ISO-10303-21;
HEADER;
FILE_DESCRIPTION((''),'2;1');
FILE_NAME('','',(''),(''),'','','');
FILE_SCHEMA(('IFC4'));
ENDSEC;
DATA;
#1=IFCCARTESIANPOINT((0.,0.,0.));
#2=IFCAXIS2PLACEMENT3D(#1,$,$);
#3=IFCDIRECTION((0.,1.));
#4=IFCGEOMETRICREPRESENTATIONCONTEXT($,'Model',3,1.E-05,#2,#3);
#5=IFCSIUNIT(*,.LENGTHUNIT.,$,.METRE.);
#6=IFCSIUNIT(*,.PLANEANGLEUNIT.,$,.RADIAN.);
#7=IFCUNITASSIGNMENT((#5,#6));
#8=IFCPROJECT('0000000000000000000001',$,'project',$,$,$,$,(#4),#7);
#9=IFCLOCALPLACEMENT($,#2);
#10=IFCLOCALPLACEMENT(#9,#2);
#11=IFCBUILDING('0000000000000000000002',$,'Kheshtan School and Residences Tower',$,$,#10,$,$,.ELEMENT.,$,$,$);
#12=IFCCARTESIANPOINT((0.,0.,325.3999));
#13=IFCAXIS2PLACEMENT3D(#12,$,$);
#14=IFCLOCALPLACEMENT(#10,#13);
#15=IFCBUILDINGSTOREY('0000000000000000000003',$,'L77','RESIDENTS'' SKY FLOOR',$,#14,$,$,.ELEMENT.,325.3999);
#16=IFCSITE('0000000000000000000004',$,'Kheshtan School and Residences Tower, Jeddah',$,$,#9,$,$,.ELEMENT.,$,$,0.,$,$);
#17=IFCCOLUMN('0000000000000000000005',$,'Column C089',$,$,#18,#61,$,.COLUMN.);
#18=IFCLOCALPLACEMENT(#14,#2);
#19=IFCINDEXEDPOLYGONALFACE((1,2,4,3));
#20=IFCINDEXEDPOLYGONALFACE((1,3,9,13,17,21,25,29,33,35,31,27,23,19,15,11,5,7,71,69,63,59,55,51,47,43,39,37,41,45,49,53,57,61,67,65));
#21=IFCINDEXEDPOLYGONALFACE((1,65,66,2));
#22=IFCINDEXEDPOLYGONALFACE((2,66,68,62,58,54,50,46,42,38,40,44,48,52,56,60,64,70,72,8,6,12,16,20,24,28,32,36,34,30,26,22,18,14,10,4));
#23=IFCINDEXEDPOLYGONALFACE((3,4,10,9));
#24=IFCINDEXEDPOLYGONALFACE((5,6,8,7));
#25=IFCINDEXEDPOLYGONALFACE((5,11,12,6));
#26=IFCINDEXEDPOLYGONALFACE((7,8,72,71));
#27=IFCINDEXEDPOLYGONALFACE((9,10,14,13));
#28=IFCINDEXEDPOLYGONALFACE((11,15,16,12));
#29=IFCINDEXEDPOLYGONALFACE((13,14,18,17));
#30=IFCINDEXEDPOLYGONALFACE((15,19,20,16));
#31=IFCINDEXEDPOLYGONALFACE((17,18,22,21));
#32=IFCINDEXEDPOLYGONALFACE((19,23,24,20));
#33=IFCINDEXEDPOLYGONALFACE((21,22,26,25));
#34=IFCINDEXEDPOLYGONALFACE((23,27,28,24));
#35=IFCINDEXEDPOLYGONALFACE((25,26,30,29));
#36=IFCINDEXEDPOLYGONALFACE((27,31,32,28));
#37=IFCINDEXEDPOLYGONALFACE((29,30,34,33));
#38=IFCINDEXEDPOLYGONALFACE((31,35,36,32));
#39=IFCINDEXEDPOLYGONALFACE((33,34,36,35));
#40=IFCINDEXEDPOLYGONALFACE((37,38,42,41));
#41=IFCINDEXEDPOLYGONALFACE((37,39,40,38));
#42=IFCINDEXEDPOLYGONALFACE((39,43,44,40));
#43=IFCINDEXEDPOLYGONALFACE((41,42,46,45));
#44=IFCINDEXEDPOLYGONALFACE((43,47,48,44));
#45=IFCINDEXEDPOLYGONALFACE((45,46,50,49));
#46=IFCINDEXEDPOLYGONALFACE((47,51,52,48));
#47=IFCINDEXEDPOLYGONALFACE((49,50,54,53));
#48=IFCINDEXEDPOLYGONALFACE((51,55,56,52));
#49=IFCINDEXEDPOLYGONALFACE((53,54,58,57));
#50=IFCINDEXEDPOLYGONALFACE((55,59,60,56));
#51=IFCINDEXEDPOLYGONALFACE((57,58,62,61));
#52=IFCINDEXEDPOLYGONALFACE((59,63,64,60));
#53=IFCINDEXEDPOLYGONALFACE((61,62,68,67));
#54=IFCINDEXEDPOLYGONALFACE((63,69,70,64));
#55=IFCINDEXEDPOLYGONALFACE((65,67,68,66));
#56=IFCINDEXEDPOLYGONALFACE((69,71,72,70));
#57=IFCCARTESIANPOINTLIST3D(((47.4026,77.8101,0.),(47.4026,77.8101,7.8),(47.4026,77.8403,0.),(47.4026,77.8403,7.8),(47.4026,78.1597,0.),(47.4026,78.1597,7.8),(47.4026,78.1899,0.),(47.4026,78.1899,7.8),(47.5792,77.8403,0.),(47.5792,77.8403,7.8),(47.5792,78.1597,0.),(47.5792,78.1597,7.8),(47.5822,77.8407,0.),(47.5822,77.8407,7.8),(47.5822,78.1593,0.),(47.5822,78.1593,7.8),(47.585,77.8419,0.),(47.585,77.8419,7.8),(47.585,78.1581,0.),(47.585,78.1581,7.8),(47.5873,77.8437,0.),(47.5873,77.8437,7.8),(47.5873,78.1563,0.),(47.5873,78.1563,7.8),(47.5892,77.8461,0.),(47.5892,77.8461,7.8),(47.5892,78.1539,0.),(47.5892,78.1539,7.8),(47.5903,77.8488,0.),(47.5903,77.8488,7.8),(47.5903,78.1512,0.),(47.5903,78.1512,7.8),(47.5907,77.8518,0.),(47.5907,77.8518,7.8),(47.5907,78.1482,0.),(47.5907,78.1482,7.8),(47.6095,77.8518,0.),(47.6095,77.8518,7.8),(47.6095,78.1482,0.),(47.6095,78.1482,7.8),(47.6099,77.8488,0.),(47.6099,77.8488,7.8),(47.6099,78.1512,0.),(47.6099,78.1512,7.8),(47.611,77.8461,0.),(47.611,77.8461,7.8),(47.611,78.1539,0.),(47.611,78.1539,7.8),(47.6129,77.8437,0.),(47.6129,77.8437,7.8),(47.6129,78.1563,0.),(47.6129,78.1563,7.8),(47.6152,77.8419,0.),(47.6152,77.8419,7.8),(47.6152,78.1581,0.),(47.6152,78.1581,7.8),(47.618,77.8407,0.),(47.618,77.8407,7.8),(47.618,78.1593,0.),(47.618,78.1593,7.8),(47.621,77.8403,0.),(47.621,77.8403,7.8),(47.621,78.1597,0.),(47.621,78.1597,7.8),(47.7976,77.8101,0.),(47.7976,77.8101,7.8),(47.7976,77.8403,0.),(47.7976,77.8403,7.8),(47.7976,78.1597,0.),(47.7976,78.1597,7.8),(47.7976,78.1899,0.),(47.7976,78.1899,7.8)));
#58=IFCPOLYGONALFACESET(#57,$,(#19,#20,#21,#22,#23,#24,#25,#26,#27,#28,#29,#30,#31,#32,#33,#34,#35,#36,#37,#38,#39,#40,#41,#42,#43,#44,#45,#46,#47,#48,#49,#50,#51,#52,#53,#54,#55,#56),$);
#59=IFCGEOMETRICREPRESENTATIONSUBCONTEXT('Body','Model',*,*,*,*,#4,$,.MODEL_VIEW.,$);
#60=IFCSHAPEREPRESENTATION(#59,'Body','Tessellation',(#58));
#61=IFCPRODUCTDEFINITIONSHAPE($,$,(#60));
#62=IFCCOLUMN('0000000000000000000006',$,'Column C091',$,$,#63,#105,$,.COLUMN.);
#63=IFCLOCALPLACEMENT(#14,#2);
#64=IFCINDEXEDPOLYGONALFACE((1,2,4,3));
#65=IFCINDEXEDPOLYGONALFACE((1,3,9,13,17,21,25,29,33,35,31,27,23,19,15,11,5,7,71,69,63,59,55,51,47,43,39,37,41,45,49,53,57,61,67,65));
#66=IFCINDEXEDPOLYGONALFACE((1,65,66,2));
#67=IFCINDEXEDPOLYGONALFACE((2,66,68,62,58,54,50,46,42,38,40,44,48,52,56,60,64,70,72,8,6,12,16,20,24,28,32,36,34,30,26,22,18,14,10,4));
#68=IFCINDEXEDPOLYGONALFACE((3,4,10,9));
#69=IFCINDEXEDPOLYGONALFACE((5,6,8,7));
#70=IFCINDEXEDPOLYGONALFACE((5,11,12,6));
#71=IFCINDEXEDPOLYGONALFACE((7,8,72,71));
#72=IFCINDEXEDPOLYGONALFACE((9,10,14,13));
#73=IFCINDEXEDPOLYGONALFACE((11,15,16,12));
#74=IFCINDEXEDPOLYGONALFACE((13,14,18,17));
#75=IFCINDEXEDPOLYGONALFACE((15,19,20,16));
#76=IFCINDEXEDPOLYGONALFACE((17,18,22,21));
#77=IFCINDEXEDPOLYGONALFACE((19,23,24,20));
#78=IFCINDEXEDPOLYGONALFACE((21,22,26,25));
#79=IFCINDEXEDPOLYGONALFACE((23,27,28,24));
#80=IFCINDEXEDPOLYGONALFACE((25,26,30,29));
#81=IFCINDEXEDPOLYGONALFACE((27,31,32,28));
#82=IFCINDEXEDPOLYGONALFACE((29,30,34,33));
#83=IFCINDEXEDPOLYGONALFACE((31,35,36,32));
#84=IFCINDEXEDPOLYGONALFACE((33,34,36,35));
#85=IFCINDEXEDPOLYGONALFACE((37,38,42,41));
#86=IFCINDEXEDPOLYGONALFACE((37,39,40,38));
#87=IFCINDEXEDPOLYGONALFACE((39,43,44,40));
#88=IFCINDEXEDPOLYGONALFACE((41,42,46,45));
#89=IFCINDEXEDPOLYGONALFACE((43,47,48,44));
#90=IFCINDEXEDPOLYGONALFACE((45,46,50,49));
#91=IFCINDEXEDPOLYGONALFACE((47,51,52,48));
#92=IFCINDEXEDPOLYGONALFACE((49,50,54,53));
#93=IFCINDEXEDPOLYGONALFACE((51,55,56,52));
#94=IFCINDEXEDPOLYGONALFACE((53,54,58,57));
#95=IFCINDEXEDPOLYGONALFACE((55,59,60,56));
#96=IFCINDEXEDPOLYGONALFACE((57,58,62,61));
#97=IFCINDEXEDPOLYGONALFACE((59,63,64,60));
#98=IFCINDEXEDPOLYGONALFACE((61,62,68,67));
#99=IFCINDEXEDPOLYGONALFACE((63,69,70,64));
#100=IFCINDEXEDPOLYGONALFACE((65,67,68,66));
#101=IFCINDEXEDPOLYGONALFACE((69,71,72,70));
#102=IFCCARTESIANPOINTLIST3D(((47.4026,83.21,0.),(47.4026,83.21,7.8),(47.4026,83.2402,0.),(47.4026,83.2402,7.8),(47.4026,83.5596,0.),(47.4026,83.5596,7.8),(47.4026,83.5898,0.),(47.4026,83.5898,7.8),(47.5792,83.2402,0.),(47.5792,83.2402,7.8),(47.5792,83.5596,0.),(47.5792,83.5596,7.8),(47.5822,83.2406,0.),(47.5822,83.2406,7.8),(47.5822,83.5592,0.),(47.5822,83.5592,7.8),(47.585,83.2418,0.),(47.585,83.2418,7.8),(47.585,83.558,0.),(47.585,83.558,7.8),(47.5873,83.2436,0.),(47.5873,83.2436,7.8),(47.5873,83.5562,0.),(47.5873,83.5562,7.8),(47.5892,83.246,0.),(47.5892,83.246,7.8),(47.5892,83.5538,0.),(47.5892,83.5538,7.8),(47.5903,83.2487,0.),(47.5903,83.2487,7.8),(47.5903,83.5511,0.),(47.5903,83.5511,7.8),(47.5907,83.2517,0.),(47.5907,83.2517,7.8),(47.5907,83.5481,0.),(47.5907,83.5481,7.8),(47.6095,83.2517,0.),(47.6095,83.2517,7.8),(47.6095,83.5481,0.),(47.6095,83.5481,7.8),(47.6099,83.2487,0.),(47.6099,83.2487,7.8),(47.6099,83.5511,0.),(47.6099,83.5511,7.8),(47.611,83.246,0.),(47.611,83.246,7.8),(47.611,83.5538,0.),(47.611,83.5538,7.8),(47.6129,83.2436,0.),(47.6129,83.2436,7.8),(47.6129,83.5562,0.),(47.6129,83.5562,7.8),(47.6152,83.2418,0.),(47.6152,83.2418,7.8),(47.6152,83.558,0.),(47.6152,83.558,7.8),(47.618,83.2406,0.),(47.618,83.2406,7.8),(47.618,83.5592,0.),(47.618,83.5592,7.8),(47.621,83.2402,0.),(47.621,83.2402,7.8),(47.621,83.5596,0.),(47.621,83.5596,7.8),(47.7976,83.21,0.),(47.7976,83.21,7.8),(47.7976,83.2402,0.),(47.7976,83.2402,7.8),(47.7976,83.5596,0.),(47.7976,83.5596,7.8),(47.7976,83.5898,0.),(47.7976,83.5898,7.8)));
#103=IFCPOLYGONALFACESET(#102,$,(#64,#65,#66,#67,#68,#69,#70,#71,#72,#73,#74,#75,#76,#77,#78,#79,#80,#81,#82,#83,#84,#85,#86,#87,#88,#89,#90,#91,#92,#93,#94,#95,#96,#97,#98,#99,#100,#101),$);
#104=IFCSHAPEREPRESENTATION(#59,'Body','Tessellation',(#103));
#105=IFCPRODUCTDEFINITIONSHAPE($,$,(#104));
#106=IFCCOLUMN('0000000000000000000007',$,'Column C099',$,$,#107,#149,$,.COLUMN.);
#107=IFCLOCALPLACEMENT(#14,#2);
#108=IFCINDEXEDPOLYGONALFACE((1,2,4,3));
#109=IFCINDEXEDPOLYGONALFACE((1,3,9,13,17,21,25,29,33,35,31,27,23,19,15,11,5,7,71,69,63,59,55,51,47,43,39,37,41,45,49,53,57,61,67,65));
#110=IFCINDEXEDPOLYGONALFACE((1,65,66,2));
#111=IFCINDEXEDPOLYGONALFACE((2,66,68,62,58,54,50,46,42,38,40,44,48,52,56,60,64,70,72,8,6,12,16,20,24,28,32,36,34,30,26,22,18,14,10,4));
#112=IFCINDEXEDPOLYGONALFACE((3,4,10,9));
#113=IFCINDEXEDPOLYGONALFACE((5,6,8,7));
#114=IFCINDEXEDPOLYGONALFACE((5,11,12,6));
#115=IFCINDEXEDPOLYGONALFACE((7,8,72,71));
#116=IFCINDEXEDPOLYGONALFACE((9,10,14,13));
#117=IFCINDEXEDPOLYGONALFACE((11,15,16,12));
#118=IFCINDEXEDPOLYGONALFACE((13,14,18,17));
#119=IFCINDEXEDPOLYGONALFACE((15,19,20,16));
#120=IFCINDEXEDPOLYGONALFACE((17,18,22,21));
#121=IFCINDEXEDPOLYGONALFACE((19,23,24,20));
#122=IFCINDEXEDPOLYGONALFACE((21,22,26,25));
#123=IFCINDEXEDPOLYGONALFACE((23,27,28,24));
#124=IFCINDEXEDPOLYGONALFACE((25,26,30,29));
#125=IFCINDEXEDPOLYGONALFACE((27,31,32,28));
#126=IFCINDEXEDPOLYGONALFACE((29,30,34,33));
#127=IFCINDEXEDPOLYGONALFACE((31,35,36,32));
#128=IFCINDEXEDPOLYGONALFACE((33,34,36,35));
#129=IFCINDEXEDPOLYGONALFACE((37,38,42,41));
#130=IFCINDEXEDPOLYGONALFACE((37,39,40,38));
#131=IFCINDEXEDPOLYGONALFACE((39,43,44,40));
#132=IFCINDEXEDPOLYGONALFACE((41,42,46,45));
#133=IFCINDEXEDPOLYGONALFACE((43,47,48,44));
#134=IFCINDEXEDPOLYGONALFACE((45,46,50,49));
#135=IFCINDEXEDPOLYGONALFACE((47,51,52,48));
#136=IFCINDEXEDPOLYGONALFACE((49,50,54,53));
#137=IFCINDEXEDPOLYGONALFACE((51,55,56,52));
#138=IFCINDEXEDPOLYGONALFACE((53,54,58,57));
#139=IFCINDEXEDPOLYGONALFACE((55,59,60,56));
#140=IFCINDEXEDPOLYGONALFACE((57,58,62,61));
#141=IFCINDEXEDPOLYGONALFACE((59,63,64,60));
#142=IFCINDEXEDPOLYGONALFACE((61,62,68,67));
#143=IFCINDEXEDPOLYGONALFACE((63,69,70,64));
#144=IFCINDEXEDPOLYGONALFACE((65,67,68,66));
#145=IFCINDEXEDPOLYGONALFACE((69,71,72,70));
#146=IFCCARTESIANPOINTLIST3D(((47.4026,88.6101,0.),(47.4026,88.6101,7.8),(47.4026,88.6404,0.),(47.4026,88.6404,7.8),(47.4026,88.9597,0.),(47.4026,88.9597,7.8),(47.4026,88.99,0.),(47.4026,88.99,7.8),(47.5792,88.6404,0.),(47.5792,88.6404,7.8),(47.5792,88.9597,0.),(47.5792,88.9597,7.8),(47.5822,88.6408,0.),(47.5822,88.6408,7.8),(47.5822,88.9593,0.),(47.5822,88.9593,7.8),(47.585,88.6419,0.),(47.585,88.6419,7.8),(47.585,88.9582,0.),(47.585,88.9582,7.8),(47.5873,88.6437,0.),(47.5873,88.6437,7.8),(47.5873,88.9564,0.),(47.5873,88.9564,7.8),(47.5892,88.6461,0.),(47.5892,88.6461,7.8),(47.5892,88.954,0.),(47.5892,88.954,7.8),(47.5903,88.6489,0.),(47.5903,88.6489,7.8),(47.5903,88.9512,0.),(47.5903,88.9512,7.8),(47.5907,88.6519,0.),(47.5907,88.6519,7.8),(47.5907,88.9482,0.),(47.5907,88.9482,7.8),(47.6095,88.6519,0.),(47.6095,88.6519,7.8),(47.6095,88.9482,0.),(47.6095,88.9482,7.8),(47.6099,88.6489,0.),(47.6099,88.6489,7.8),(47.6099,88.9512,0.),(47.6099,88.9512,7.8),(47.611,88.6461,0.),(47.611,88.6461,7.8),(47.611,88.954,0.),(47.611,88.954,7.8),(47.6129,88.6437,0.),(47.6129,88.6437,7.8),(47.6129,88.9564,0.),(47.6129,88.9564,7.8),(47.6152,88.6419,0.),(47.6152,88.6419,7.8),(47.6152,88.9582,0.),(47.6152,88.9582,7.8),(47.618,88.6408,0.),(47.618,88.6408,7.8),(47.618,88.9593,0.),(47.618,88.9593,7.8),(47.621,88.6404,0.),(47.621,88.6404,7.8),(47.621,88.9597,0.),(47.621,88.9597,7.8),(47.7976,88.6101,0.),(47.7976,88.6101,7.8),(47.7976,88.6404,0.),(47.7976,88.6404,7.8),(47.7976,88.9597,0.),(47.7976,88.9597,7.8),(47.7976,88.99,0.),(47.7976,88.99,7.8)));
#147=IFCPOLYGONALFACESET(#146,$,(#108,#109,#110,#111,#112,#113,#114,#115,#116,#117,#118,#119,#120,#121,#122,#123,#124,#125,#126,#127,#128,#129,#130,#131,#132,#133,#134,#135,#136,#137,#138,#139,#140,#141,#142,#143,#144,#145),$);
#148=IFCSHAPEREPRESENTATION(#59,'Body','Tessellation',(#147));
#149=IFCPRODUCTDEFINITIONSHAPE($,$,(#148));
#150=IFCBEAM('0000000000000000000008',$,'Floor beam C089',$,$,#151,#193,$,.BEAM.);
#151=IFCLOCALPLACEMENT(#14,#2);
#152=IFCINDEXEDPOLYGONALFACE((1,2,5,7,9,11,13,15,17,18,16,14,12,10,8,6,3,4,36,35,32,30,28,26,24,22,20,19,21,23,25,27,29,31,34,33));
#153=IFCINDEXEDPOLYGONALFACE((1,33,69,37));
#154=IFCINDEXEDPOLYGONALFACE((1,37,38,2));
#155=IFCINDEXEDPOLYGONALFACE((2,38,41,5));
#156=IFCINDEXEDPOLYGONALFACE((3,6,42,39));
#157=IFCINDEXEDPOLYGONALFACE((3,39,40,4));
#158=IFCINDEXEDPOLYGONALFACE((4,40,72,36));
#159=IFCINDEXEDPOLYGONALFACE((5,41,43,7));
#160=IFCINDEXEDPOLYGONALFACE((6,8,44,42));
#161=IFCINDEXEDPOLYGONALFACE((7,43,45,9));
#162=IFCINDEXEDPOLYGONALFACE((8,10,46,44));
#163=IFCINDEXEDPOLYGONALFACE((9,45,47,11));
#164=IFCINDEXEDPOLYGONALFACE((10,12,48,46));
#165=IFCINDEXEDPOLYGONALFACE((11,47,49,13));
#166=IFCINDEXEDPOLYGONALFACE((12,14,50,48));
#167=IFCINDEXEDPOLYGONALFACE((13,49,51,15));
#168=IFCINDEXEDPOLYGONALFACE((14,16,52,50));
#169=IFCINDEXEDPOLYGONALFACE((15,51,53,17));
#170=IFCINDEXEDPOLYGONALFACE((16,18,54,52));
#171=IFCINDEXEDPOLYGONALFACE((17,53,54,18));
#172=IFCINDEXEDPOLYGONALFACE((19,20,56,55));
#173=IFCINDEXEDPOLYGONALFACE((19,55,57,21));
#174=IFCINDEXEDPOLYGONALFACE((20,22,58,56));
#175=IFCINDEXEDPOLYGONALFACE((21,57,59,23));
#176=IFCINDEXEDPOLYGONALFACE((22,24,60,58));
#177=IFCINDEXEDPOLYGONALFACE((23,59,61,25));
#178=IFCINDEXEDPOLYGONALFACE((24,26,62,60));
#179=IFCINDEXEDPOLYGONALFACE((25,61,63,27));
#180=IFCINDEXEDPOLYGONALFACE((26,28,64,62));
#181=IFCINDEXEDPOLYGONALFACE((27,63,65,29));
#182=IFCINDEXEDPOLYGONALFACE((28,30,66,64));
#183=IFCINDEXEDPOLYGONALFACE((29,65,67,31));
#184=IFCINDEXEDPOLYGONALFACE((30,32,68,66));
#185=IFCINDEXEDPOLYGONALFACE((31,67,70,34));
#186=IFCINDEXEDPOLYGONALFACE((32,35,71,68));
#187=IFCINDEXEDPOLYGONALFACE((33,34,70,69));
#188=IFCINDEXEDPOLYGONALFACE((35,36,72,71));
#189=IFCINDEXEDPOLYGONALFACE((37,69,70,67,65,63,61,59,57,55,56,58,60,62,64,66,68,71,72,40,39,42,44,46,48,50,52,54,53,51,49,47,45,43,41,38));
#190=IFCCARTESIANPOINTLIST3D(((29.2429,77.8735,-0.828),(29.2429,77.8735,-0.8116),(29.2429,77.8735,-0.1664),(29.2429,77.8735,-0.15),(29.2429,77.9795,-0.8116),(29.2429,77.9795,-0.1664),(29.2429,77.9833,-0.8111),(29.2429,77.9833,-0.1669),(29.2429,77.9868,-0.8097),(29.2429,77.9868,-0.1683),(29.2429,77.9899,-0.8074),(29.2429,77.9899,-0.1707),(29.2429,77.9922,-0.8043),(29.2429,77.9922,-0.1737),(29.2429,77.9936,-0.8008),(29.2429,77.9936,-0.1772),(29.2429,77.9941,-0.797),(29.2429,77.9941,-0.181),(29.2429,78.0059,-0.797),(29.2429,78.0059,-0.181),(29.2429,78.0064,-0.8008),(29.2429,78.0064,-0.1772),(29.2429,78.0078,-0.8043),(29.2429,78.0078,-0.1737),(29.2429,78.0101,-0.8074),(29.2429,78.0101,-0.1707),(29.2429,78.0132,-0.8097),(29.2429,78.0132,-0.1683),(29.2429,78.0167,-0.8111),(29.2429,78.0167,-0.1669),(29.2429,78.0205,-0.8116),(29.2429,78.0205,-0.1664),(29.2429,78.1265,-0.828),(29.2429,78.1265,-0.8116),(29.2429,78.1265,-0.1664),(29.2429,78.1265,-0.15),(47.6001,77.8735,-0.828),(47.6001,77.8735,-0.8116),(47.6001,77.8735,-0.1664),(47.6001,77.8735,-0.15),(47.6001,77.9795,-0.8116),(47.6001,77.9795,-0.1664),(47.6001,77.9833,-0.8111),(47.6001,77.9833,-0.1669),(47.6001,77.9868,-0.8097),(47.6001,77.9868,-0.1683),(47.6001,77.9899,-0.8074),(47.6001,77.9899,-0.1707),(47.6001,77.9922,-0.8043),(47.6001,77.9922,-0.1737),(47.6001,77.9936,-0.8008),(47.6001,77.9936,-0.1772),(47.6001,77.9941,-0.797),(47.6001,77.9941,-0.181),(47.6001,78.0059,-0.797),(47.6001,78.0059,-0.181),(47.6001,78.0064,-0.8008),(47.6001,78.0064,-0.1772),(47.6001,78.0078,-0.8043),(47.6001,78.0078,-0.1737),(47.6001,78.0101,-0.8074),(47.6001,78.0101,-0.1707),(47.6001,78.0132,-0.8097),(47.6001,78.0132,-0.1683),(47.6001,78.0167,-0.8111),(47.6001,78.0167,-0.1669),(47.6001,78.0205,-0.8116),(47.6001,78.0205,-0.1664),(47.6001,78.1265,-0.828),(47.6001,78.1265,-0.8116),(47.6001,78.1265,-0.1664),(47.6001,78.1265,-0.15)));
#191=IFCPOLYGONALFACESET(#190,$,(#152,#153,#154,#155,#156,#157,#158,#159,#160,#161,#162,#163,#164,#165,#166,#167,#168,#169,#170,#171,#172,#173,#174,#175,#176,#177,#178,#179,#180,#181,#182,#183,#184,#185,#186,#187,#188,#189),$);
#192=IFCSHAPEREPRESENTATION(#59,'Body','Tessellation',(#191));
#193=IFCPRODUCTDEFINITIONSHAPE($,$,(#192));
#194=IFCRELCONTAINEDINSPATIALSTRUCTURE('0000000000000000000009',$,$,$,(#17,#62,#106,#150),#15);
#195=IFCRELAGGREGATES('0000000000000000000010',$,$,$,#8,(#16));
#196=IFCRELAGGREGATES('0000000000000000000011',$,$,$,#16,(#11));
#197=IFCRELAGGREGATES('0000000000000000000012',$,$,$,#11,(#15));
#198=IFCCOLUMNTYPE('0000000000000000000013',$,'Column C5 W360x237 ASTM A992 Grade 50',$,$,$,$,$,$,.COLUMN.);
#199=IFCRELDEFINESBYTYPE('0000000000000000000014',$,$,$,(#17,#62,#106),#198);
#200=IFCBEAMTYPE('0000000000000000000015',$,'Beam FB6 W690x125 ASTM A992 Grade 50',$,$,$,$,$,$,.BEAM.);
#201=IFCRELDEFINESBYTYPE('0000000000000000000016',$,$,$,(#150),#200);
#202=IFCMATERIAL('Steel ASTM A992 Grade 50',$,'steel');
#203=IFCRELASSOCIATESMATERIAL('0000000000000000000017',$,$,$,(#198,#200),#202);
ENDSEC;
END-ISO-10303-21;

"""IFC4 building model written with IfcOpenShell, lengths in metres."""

from ifc_helpers import new_model, si_unit, direction, frame, origin, origin_2d, place, context, subcontext, project, spatial, i_section, extrude, material, material_profile, profile_set, type_object, element, save


model = new_model("IFC4")

# Units and contexts
model_context = context("Model", 3, precision=1e-05, world=origin(), true_north=direction((0.0, 1.0)))
body_context = subcontext(model_context, "Body", "Model", "MODEL_VIEW")
ifc_project = project(units=[si_unit("LENGTHUNIT", "METRE"), si_unit("PLANEANGLEUNIT", "RADIAN")], contexts=[model_context])

# Site, building, storey
site_placement = place(None, origin())
site = spatial("IfcSite", under=ifc_project, at=site_placement, Name="Kheshtan School and Residences Tower, Jeddah", CompositionType="ELEMENT", RefElevation=0.0)
building_placement = place(site_placement, origin())
building = spatial("IfcBuilding", under=site, at=building_placement, Name="Kheshtan School and Residences Tower", CompositionType="ELEMENT")
storey_placement = place(building_placement, frame((0.0, 0.0, 325.3999)))
storey = spatial("IfcBuildingStorey", under=building, at=storey_placement, Name="L77", Description="RESIDENTS' SKY FLOOR", CompositionType="ELEMENT", Elevation=325.3999)

# Columns
ifc_material_1 = material(Name="Steel ASTM A992 Grade 50", Category="steel")
ifc_material_profile_1 = material_profile(ifc_material_1, i_section(OverallWidth=0.395, OverallDepth=0.3799, WebThickness=0.0188, FlangeThickness=0.0303, FilletRadius=0.0115, at=origin_2d()), Name="W360x237")
ifc_profile_set_1 = profile_set([ifc_material_profile_1], Name="Steel ASTM A992 Grade 50")
column_type = type_object("IfcColumnType", Name="Column C5 W360x237 ASTM A992 Grade 50", PredefinedType="COLUMN", material=ifc_profile_set_1)
for number, where, z_axis, x_axis, name in (
    (1, (47.6001, 78.0, 0.0), (0.0, 0.0, 1.0), (1.0, 0.0, 0.0), "Column C089"),
    (2, (47.6001, 83.3999, 0.0), (0.0, 0.0, 1.0), (1.0, 0.0, 0.0), "Column C091"),
    (3, (47.6001, 88.8, 0.0), (0.0, 0.0, 1.0), (1.0, 0.0, 0.0), "Column C099"),
):
    element("IfcColumn", number, at=place(storey_placement, frame(where, z_axis=z_axis, x_axis=x_axis)), inside=storey, type_object=column_type, Name=name, PredefinedType="COLUMN", context=body_context, shape_type="SweptSolid", body=[
        extrude(i_section(OverallWidth=0.395, OverallDepth=0.3799, WebThickness=0.0188, FlangeThickness=0.0303, FilletRadius=0.0115, at=origin_2d()), origin(), (0.0, 0.0, 1.0), 7.8),
    ])

# Beam
ifc_material_profile_2 = material_profile(ifc_material_1, i_section(OverallWidth=0.2529, OverallDepth=0.678, WebThickness=0.0117, FlangeThickness=0.0164, FilletRadius=0.0146, at=origin_2d()), Name="W690x125")
ifc_profile_set_2 = profile_set([ifc_material_profile_2], Name="Steel ASTM A992 Grade 50")
beam_type_1 = type_object("IfcBeamType", Name="Beam FB6 W690x125 ASTM A992 Grade 50", PredefinedType="BEAM", material=ifc_profile_set_2)
beam_1_placement = place(storey_placement, frame((47.6001, 78.0, -0.489), z_axis=(-1.0, 0.0, 0.0), x_axis=(0.0, -1.0, 0.0)))
element("IfcBeam", 4, at=beam_1_placement, inside=storey, type_object=beam_type_1, Name="Floor beam C089", PredefinedType="BEAM", context=body_context, shape_type="SweptSolid", body=[
    extrude(i_section(OverallWidth=0.2529, OverallDepth=0.678, WebThickness=0.0117, FlangeThickness=0.0164, FilletRadius=0.0146, at=origin_2d()), origin(), (0.0, 0.0, 1.0), 18.3572),
])

save(model, "model.ifc")
